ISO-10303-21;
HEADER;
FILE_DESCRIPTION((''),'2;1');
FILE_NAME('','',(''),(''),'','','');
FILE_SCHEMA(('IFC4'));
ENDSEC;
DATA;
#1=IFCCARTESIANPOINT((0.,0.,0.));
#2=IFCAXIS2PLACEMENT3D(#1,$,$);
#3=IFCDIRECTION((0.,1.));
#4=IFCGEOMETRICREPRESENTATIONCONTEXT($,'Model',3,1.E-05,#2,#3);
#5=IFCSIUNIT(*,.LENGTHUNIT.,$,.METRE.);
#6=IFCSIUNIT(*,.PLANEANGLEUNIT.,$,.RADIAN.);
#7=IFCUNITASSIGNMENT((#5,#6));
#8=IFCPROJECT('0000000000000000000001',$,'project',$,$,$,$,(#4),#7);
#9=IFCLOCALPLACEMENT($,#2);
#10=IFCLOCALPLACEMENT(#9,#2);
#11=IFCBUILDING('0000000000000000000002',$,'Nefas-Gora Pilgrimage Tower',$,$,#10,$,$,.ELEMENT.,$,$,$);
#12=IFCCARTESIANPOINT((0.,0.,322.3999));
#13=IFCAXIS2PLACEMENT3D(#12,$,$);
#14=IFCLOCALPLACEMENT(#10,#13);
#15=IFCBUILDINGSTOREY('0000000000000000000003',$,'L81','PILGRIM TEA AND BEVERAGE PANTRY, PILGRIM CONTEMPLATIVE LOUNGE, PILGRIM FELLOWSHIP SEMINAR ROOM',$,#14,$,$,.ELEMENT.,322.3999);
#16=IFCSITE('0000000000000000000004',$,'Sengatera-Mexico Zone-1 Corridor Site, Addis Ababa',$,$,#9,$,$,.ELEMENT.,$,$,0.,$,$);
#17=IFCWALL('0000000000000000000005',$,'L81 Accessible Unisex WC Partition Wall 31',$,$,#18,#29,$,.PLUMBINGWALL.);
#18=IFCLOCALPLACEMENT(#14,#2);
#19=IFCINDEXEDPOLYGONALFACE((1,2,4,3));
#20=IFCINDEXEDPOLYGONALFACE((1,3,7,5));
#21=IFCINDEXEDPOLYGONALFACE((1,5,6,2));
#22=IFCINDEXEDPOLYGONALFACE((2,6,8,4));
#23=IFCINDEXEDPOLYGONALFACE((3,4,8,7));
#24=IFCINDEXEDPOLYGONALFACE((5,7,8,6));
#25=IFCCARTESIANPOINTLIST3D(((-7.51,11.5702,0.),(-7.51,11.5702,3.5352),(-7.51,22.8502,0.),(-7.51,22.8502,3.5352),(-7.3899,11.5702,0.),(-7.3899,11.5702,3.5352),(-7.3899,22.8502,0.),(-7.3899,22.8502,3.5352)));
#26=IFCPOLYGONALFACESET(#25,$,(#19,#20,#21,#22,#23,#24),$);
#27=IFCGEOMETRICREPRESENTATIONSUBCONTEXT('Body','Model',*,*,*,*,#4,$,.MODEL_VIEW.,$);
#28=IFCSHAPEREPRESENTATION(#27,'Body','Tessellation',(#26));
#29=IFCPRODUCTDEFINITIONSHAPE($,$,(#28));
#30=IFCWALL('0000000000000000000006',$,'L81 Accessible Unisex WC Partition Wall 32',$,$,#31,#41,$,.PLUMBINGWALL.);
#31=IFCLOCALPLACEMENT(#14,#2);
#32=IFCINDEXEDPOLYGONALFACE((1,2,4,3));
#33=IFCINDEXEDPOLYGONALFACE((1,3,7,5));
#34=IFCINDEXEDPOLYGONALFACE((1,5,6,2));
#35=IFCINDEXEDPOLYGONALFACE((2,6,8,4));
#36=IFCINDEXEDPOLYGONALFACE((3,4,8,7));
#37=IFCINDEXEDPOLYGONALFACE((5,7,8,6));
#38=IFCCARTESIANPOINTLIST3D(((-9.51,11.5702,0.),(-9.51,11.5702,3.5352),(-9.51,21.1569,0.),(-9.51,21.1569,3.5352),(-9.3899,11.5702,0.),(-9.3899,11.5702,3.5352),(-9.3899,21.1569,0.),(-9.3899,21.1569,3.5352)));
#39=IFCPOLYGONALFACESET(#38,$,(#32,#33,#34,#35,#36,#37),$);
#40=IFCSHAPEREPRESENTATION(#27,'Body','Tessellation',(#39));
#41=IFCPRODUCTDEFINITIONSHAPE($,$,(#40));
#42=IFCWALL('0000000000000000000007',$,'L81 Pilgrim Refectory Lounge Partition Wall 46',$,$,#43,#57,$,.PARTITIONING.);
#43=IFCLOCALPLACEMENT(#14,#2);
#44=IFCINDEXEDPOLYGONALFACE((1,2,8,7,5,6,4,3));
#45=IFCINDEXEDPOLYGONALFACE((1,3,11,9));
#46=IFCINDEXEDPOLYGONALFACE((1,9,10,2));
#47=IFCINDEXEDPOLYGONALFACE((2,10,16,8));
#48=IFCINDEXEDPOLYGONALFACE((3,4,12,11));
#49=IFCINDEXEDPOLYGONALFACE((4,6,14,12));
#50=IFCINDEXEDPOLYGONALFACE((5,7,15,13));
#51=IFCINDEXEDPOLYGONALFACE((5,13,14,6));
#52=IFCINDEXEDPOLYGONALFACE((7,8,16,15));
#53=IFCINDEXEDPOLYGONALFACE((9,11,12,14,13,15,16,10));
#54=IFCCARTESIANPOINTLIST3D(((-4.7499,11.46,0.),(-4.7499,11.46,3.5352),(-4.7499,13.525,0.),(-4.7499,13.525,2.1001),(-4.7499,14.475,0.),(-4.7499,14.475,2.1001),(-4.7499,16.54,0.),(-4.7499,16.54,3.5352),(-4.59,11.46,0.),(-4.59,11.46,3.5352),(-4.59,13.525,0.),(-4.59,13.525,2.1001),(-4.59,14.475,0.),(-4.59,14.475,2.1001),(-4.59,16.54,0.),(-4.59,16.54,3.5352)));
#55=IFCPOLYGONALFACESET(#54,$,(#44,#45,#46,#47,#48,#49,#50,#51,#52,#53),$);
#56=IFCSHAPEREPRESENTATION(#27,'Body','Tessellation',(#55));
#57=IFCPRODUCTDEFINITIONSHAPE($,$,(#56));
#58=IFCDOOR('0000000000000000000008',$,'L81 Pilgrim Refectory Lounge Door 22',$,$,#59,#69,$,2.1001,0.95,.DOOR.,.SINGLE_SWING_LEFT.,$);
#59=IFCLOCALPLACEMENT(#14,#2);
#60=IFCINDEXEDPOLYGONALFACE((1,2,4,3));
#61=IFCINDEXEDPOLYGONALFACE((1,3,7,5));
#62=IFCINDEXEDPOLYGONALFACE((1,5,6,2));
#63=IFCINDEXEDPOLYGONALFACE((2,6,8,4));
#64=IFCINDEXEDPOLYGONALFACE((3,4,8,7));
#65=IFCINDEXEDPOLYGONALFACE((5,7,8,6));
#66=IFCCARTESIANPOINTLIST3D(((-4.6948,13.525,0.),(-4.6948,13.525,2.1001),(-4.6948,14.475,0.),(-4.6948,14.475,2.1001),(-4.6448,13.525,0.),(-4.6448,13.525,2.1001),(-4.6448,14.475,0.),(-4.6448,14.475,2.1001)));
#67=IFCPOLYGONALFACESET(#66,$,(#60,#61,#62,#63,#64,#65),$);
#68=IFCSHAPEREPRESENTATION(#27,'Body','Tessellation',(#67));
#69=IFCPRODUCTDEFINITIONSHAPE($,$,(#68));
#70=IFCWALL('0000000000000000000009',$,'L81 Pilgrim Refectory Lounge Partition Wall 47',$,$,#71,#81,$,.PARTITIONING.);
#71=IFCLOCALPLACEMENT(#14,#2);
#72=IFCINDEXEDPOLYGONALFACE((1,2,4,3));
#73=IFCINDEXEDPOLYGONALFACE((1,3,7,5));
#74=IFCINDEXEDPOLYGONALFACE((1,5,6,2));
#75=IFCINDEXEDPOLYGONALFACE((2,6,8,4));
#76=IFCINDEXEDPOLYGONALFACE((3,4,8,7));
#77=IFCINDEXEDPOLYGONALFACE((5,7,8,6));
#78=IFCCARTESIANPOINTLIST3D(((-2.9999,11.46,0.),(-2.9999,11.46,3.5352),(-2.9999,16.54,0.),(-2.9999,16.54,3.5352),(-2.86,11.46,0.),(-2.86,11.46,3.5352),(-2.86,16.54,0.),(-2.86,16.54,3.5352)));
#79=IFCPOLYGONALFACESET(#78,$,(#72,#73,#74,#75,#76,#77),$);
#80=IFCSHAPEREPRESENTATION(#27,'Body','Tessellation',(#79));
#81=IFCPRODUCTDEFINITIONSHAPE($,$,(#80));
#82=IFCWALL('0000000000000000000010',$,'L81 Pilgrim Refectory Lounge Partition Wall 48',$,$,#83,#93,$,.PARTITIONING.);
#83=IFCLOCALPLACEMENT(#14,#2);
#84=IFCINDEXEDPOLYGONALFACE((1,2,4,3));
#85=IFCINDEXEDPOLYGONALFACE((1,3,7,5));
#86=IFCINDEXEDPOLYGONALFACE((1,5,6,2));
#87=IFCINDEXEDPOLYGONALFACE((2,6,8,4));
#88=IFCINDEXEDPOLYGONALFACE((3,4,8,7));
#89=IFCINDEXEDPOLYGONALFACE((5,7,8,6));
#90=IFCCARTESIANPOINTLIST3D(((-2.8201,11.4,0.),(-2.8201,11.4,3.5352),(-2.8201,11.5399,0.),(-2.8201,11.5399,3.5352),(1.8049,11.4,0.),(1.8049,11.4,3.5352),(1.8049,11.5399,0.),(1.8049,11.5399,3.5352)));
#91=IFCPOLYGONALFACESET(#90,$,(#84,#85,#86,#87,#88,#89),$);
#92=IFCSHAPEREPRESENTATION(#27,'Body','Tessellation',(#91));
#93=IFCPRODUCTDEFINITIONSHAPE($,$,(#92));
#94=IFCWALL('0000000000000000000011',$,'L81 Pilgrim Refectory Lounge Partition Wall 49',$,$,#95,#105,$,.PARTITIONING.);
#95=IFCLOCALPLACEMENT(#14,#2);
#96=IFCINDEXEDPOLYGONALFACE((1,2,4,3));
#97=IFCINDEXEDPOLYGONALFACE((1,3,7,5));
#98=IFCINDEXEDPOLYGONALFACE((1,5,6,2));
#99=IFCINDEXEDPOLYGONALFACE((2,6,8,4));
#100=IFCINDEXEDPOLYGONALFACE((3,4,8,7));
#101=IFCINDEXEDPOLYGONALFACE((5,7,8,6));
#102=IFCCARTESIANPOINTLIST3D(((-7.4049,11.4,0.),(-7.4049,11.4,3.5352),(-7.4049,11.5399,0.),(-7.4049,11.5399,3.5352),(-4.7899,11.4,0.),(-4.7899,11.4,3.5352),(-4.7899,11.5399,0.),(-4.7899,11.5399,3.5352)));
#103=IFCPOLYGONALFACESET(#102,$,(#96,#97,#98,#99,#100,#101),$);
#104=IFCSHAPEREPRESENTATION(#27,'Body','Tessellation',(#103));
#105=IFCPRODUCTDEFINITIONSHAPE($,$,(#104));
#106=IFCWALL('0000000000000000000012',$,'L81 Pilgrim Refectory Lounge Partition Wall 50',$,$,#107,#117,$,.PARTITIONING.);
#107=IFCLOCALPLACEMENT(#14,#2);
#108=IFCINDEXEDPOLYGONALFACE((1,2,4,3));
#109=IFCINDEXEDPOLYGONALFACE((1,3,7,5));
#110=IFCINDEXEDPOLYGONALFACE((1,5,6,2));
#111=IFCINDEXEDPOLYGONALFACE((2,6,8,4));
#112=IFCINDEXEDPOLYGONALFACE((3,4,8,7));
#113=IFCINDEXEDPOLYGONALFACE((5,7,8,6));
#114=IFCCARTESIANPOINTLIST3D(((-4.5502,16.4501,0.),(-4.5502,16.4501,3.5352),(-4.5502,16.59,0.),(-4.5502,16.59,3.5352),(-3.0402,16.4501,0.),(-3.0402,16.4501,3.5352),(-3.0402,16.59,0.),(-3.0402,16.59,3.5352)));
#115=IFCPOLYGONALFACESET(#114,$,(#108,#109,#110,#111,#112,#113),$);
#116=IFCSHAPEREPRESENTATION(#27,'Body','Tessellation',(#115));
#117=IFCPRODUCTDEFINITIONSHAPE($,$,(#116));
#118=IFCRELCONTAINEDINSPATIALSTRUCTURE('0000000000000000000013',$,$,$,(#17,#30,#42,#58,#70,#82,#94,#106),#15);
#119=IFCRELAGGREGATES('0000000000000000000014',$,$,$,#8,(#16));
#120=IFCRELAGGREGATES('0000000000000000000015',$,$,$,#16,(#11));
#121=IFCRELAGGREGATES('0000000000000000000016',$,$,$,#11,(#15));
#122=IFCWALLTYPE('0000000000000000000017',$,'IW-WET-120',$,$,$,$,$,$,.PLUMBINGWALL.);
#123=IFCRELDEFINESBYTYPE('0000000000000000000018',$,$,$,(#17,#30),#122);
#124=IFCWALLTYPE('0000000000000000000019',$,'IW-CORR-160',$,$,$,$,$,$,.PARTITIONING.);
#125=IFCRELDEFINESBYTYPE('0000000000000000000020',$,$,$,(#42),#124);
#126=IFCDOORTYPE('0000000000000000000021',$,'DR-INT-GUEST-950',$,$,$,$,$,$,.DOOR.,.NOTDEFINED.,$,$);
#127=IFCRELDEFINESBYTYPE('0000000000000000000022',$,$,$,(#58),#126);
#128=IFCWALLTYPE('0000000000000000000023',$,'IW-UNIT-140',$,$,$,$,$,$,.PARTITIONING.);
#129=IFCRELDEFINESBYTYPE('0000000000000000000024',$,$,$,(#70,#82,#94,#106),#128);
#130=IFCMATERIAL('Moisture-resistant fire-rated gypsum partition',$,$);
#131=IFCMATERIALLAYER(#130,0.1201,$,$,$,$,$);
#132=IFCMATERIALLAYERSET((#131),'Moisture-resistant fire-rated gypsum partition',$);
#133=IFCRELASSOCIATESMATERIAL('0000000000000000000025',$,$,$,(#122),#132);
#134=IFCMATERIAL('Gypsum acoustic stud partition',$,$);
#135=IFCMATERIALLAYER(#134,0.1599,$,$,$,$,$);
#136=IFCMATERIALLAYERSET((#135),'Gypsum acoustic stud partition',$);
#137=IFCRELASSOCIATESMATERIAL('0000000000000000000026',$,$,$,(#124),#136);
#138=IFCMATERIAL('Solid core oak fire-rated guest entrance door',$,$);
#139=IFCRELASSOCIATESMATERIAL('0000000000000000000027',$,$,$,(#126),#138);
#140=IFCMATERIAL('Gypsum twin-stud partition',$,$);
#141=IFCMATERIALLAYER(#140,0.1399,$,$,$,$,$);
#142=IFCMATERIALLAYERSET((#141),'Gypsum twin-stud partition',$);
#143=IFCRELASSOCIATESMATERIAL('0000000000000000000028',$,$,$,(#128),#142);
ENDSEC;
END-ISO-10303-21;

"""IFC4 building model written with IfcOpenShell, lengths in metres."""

from ifc_helpers import new_model, si_unit, direction, frame, frame_2d, origin, place, context, subcontext, project, spatial, rectangle, extrude, source, transform, mapped, material, layer, layer_set, type_object, element, fill, save


model = new_model("IFC4")

# Units and contexts
model_context = context("Model", 3, precision=1e-05, world=origin(), true_north=direction((0.0, 1.0)))
body_context = subcontext(model_context, "Body", "Model", "MODEL_VIEW")
ifc_project = project(units=[si_unit("LENGTHUNIT", "METRE"), si_unit("PLANEANGLEUNIT", "RADIAN")], contexts=[model_context])

# Site, building, storey
site_placement = place(None, origin())
site = spatial("IfcSite", under=ifc_project, at=site_placement, Name="Sengatera-Mexico Zone-1 Corridor Site, Addis Ababa", CompositionType="ELEMENT", RefElevation=0.0)
building_placement = place(site_placement, origin())
building = spatial("IfcBuilding", under=site, at=building_placement, Name="Nefas-Gora Pilgrimage Tower", CompositionType="ELEMENT")
storey_placement = place(building_placement, frame((0.0, 0.0, 322.3999)))
storey = spatial("IfcBuildingStorey", under=building, at=storey_placement, Name="L81", Description="PILGRIM TEA AND BEVERAGE PANTRY, PILGRIM CONTEMPLATIVE LOUNGE, PILGRIM FELLOWSHIP SEMINAR ROOM", CompositionType="ELEMENT", Elevation=322.3999)

# Shared definitions
ifc_material_1 = material(Name="Moisture-resistant fire-rated gypsum partition")
ifc_layer_1 = layer(ifc_material_1, 0.1201)
ifc_layer_set_1 = layer_set([ifc_layer_1], Name="Moisture-resistant fire-rated gypsum partition")
wall_type_1 = type_object("IfcWallType", Name="IW-WET-120", PredefinedType="PLUMBINGWALL", material=ifc_layer_set_1)

# Walls
shared_shape_1 = source(origin(), body_context, "Body", "SweptSolid", [
    extrude(rectangle(XDim=11.28, YDim=0.1201, at=frame_2d((5.6401, 0.0))), origin(), (0.0, 0.0, 1.0), 3.5352),
])
wall_1_placement = place(storey_placement, frame((-7.45, 11.5701, 0.0), z_axis=(0.0, 0.0, 1.0), x_axis=(0.0, 1.0, 0.0)))
element("IfcWall", 1, at=wall_1_placement, inside=storey, type_object=wall_type_1, Name="L81 Accessible Unisex WC Partition Wall 31", PredefinedType="PLUMBINGWALL", context=body_context, shape_type="MappedRepresentation", body=[
    mapped(shared_shape_1, transform((0.0, 0.0, 0.0), x_axis=(1.0, 0.0, 0.0), y_axis=(0.0, 1.0, 0.0), z_axis=(0.0, 0.0, 1.0), scale=1.0)),
])
shared_shape_2 = source(origin(), body_context, "Body", "SweptSolid", [
    extrude(rectangle(XDim=9.5867, YDim=0.1201, at=frame_2d((4.7935, 0.0))), origin(), (0.0, 0.0, 1.0), 3.5352),
])
wall_2_placement = place(storey_placement, frame((-9.45, 11.5701, 0.0), z_axis=(0.0, 0.0, 1.0), x_axis=(0.0, 1.0, 0.0)))
element("IfcWall", 2, at=wall_2_placement, inside=storey, type_object=wall_type_1, Name="L81 Accessible Unisex WC Partition Wall 32", PredefinedType="PLUMBINGWALL", context=body_context, shape_type="MappedRepresentation", body=[
    mapped(shared_shape_2, transform((0.0, 0.0, 0.0), x_axis=(1.0, 0.0, 0.0), y_axis=(0.0, 1.0, 0.0), z_axis=(0.0, 0.0, 1.0), scale=1.0)),
])

# Wall, opening, door
ifc_material_2 = material(Name="Gypsum acoustic stud partition")
ifc_layer_2 = layer(ifc_material_2, 0.1599)
ifc_layer_set_2 = layer_set([ifc_layer_2], Name="Gypsum acoustic stud partition")
wall_type_2 = type_object("IfcWallType", Name="IW-CORR-160", PredefinedType="PARTITIONING", material=ifc_layer_set_2)
shared_shape_3 = source(origin(), body_context, "Body", "SweptSolid", [
    extrude(rectangle(XDim=5.0801, YDim=0.1599, at=frame_2d((2.54, 0.0))), origin(), (0.0, 0.0, 1.0), 3.5352),
])
wall_3_placement = place(storey_placement, frame((-4.6699, 11.46, 0.0), z_axis=(0.0, 0.0, 1.0), x_axis=(0.0, 1.0, 0.0)))
wall_3 = element("IfcWall", 3, at=wall_3_placement, inside=storey, type_object=wall_type_2, Name="L81 Pilgrim Refectory Lounge Partition Wall 46", PredefinedType="PARTITIONING", context=body_context, shape_type="MappedRepresentation", body=[
    mapped(shared_shape_3, transform((0.0, 0.0, 0.0), x_axis=(1.0, 0.0, 0.0), y_axis=(0.0, 1.0, 0.0), z_axis=(0.0, 0.0, 1.0), scale=1.0)),
])
opening_1_placement = place(wall_3_placement, frame((2.0649, 0.0, 0.0)))
opening_1 = element("IfcOpeningElement", 4, at=opening_1_placement, cuts=wall_3, PredefinedType="OPENING", context=body_context, shape_type="SweptSolid", body=[
    extrude(rectangle(XDim=0.95, YDim=2.1001, at=frame_2d((0.4751, 1.05))), frame((0.0, 0.0898, 0.0), z_axis=(0.0, -1.0, 0.0), x_axis=(1.0, 0.0, 0.0)), (0.0, 0.0, 1.0), 0.1799),
])
ifc_material_3 = material(Name="Solid core oak fire-rated guest entrance door")
door_type_1 = type_object("IfcDoorType", Name="DR-INT-GUEST-950", OperationType="NOTDEFINED", PredefinedType="DOOR", material=ifc_material_3)
shared_shape_4 = source(origin(), body_context, "Body", "SweptSolid", [
    extrude(rectangle(XDim=0.95, YDim=2.1001, at=frame_2d((0.4751, 1.05))), frame((0.0, 0.0249, 0.0), z_axis=(0.0, -1.0, 0.0), x_axis=(1.0, 0.0, 0.0)), (0.0, 0.0, 1.0), 0.05),
])
door_1_placement = place(opening_1_placement, origin())
door_1 = element("IfcDoor", 5, at=door_1_placement, inside=storey, type_object=door_type_1, Name="L81 Pilgrim Refectory Lounge Door 22", OperationType="SINGLE_SWING_LEFT", OverallHeight=2.1001, OverallWidth=0.95, PredefinedType="DOOR", context=body_context, shape_type="MappedRepresentation", body=[
    mapped(shared_shape_4, transform((0.0, 0.0, 0.0), x_axis=(1.0, 0.0, 0.0), y_axis=(0.0, 1.0, 0.0), z_axis=(0.0, 0.0, 1.0), scale=1.0)),
])
fill(opening_1, door_1)

# Walls
ifc_material_4 = material(Name="Gypsum twin-stud partition")
ifc_layer_3 = layer(ifc_material_4, 0.1399)
ifc_layer_set_3 = layer_set([ifc_layer_3], Name="Gypsum twin-stud partition")
wall_type_3 = type_object("IfcWallType", Name="IW-UNIT-140", PredefinedType="PARTITIONING", material=ifc_layer_set_3)
shared_shape_5 = source(origin(), body_context, "Body", "SweptSolid", [
    extrude(rectangle(XDim=5.0801, YDim=0.1399, at=frame_2d((2.54, 0.0))), origin(), (0.0, 0.0, 1.0), 3.5352),
])
wall_4_placement = place(storey_placement, frame((-2.9299, 11.46, 0.0), z_axis=(0.0, 0.0, 1.0), x_axis=(0.0, 1.0, 0.0)))
element("IfcWall", 6, at=wall_4_placement, inside=storey, type_object=wall_type_3, Name="L81 Pilgrim Refectory Lounge Partition Wall 47", PredefinedType="PARTITIONING", context=body_context, shape_type="MappedRepresentation", body=[
    mapped(shared_shape_5, transform((0.0, 0.0, 0.0), x_axis=(1.0, 0.0, 0.0), y_axis=(0.0, 1.0, 0.0), z_axis=(0.0, 0.0, 1.0), scale=1.0)),
])
shared_shape_6 = source(origin(), body_context, "Body", "SweptSolid", [
    extrude(rectangle(XDim=4.625, YDim=0.1399, at=frame_2d((2.3125, 0.0))), origin(), (0.0, 0.0, 1.0), 3.5352),
])
wall_5_placement = place(storey_placement, frame((-2.8201, 11.47, 0.0), z_axis=(0.0, 0.0, 1.0), x_axis=(1.0, 0.0, 0.0)))
element("IfcWall", 7, at=wall_5_placement, inside=storey, type_object=wall_type_3, Name="L81 Pilgrim Refectory Lounge Partition Wall 48", PredefinedType="PARTITIONING", context=body_context, shape_type="MappedRepresentation", body=[
    mapped(shared_shape_6, transform((0.0, 0.0, 0.0), x_axis=(1.0, 0.0, 0.0), y_axis=(0.0, 1.0, 0.0), z_axis=(0.0, 0.0, 1.0), scale=1.0)),
])
shared_shape_7 = source(origin(), body_context, "Body", "SweptSolid", [
    extrude(rectangle(XDim=2.615, YDim=0.1399, at=frame_2d((1.3076, 0.0))), origin(), (0.0, 0.0, 1.0), 3.5352),
])
wall_6_placement = place(storey_placement, frame((-7.405, 11.47, 0.0), z_axis=(0.0, 0.0, 1.0), x_axis=(1.0, 0.0, 0.0)))
element("IfcWall", 8, at=wall_6_placement, inside=storey, type_object=wall_type_3, Name="L81 Pilgrim Refectory Lounge Partition Wall 49", PredefinedType="PARTITIONING", context=body_context, shape_type="MappedRepresentation", body=[
    mapped(shared_shape_7, transform((0.0, 0.0, 0.0), x_axis=(1.0, 0.0, 0.0), y_axis=(0.0, 1.0, 0.0), z_axis=(0.0, 0.0, 1.0), scale=1.0)),
])
shared_shape_8 = source(origin(), body_context, "Body", "SweptSolid", [
    extrude(rectangle(XDim=1.51, YDim=0.1399, at=frame_2d((0.7549, 0.0))), origin(), (0.0, 0.0, 1.0), 3.5352),
])
wall_7_placement = place(storey_placement, frame((-4.55, 16.52, 0.0), z_axis=(0.0, 0.0, 1.0), x_axis=(1.0, 0.0, 0.0)))
element("IfcWall", 9, at=wall_7_placement, inside=storey, type_object=wall_type_3, Name="L81 Pilgrim Refectory Lounge Partition Wall 50", PredefinedType="PARTITIONING", context=body_context, shape_type="MappedRepresentation", body=[
    mapped(shared_shape_8, transform((0.0, 0.0, 0.0), x_axis=(1.0, 0.0, 0.0), y_axis=(0.0, 1.0, 0.0), z_axis=(0.0, 0.0, 1.0), scale=1.0)),
])

save(model, "model.ifc")
